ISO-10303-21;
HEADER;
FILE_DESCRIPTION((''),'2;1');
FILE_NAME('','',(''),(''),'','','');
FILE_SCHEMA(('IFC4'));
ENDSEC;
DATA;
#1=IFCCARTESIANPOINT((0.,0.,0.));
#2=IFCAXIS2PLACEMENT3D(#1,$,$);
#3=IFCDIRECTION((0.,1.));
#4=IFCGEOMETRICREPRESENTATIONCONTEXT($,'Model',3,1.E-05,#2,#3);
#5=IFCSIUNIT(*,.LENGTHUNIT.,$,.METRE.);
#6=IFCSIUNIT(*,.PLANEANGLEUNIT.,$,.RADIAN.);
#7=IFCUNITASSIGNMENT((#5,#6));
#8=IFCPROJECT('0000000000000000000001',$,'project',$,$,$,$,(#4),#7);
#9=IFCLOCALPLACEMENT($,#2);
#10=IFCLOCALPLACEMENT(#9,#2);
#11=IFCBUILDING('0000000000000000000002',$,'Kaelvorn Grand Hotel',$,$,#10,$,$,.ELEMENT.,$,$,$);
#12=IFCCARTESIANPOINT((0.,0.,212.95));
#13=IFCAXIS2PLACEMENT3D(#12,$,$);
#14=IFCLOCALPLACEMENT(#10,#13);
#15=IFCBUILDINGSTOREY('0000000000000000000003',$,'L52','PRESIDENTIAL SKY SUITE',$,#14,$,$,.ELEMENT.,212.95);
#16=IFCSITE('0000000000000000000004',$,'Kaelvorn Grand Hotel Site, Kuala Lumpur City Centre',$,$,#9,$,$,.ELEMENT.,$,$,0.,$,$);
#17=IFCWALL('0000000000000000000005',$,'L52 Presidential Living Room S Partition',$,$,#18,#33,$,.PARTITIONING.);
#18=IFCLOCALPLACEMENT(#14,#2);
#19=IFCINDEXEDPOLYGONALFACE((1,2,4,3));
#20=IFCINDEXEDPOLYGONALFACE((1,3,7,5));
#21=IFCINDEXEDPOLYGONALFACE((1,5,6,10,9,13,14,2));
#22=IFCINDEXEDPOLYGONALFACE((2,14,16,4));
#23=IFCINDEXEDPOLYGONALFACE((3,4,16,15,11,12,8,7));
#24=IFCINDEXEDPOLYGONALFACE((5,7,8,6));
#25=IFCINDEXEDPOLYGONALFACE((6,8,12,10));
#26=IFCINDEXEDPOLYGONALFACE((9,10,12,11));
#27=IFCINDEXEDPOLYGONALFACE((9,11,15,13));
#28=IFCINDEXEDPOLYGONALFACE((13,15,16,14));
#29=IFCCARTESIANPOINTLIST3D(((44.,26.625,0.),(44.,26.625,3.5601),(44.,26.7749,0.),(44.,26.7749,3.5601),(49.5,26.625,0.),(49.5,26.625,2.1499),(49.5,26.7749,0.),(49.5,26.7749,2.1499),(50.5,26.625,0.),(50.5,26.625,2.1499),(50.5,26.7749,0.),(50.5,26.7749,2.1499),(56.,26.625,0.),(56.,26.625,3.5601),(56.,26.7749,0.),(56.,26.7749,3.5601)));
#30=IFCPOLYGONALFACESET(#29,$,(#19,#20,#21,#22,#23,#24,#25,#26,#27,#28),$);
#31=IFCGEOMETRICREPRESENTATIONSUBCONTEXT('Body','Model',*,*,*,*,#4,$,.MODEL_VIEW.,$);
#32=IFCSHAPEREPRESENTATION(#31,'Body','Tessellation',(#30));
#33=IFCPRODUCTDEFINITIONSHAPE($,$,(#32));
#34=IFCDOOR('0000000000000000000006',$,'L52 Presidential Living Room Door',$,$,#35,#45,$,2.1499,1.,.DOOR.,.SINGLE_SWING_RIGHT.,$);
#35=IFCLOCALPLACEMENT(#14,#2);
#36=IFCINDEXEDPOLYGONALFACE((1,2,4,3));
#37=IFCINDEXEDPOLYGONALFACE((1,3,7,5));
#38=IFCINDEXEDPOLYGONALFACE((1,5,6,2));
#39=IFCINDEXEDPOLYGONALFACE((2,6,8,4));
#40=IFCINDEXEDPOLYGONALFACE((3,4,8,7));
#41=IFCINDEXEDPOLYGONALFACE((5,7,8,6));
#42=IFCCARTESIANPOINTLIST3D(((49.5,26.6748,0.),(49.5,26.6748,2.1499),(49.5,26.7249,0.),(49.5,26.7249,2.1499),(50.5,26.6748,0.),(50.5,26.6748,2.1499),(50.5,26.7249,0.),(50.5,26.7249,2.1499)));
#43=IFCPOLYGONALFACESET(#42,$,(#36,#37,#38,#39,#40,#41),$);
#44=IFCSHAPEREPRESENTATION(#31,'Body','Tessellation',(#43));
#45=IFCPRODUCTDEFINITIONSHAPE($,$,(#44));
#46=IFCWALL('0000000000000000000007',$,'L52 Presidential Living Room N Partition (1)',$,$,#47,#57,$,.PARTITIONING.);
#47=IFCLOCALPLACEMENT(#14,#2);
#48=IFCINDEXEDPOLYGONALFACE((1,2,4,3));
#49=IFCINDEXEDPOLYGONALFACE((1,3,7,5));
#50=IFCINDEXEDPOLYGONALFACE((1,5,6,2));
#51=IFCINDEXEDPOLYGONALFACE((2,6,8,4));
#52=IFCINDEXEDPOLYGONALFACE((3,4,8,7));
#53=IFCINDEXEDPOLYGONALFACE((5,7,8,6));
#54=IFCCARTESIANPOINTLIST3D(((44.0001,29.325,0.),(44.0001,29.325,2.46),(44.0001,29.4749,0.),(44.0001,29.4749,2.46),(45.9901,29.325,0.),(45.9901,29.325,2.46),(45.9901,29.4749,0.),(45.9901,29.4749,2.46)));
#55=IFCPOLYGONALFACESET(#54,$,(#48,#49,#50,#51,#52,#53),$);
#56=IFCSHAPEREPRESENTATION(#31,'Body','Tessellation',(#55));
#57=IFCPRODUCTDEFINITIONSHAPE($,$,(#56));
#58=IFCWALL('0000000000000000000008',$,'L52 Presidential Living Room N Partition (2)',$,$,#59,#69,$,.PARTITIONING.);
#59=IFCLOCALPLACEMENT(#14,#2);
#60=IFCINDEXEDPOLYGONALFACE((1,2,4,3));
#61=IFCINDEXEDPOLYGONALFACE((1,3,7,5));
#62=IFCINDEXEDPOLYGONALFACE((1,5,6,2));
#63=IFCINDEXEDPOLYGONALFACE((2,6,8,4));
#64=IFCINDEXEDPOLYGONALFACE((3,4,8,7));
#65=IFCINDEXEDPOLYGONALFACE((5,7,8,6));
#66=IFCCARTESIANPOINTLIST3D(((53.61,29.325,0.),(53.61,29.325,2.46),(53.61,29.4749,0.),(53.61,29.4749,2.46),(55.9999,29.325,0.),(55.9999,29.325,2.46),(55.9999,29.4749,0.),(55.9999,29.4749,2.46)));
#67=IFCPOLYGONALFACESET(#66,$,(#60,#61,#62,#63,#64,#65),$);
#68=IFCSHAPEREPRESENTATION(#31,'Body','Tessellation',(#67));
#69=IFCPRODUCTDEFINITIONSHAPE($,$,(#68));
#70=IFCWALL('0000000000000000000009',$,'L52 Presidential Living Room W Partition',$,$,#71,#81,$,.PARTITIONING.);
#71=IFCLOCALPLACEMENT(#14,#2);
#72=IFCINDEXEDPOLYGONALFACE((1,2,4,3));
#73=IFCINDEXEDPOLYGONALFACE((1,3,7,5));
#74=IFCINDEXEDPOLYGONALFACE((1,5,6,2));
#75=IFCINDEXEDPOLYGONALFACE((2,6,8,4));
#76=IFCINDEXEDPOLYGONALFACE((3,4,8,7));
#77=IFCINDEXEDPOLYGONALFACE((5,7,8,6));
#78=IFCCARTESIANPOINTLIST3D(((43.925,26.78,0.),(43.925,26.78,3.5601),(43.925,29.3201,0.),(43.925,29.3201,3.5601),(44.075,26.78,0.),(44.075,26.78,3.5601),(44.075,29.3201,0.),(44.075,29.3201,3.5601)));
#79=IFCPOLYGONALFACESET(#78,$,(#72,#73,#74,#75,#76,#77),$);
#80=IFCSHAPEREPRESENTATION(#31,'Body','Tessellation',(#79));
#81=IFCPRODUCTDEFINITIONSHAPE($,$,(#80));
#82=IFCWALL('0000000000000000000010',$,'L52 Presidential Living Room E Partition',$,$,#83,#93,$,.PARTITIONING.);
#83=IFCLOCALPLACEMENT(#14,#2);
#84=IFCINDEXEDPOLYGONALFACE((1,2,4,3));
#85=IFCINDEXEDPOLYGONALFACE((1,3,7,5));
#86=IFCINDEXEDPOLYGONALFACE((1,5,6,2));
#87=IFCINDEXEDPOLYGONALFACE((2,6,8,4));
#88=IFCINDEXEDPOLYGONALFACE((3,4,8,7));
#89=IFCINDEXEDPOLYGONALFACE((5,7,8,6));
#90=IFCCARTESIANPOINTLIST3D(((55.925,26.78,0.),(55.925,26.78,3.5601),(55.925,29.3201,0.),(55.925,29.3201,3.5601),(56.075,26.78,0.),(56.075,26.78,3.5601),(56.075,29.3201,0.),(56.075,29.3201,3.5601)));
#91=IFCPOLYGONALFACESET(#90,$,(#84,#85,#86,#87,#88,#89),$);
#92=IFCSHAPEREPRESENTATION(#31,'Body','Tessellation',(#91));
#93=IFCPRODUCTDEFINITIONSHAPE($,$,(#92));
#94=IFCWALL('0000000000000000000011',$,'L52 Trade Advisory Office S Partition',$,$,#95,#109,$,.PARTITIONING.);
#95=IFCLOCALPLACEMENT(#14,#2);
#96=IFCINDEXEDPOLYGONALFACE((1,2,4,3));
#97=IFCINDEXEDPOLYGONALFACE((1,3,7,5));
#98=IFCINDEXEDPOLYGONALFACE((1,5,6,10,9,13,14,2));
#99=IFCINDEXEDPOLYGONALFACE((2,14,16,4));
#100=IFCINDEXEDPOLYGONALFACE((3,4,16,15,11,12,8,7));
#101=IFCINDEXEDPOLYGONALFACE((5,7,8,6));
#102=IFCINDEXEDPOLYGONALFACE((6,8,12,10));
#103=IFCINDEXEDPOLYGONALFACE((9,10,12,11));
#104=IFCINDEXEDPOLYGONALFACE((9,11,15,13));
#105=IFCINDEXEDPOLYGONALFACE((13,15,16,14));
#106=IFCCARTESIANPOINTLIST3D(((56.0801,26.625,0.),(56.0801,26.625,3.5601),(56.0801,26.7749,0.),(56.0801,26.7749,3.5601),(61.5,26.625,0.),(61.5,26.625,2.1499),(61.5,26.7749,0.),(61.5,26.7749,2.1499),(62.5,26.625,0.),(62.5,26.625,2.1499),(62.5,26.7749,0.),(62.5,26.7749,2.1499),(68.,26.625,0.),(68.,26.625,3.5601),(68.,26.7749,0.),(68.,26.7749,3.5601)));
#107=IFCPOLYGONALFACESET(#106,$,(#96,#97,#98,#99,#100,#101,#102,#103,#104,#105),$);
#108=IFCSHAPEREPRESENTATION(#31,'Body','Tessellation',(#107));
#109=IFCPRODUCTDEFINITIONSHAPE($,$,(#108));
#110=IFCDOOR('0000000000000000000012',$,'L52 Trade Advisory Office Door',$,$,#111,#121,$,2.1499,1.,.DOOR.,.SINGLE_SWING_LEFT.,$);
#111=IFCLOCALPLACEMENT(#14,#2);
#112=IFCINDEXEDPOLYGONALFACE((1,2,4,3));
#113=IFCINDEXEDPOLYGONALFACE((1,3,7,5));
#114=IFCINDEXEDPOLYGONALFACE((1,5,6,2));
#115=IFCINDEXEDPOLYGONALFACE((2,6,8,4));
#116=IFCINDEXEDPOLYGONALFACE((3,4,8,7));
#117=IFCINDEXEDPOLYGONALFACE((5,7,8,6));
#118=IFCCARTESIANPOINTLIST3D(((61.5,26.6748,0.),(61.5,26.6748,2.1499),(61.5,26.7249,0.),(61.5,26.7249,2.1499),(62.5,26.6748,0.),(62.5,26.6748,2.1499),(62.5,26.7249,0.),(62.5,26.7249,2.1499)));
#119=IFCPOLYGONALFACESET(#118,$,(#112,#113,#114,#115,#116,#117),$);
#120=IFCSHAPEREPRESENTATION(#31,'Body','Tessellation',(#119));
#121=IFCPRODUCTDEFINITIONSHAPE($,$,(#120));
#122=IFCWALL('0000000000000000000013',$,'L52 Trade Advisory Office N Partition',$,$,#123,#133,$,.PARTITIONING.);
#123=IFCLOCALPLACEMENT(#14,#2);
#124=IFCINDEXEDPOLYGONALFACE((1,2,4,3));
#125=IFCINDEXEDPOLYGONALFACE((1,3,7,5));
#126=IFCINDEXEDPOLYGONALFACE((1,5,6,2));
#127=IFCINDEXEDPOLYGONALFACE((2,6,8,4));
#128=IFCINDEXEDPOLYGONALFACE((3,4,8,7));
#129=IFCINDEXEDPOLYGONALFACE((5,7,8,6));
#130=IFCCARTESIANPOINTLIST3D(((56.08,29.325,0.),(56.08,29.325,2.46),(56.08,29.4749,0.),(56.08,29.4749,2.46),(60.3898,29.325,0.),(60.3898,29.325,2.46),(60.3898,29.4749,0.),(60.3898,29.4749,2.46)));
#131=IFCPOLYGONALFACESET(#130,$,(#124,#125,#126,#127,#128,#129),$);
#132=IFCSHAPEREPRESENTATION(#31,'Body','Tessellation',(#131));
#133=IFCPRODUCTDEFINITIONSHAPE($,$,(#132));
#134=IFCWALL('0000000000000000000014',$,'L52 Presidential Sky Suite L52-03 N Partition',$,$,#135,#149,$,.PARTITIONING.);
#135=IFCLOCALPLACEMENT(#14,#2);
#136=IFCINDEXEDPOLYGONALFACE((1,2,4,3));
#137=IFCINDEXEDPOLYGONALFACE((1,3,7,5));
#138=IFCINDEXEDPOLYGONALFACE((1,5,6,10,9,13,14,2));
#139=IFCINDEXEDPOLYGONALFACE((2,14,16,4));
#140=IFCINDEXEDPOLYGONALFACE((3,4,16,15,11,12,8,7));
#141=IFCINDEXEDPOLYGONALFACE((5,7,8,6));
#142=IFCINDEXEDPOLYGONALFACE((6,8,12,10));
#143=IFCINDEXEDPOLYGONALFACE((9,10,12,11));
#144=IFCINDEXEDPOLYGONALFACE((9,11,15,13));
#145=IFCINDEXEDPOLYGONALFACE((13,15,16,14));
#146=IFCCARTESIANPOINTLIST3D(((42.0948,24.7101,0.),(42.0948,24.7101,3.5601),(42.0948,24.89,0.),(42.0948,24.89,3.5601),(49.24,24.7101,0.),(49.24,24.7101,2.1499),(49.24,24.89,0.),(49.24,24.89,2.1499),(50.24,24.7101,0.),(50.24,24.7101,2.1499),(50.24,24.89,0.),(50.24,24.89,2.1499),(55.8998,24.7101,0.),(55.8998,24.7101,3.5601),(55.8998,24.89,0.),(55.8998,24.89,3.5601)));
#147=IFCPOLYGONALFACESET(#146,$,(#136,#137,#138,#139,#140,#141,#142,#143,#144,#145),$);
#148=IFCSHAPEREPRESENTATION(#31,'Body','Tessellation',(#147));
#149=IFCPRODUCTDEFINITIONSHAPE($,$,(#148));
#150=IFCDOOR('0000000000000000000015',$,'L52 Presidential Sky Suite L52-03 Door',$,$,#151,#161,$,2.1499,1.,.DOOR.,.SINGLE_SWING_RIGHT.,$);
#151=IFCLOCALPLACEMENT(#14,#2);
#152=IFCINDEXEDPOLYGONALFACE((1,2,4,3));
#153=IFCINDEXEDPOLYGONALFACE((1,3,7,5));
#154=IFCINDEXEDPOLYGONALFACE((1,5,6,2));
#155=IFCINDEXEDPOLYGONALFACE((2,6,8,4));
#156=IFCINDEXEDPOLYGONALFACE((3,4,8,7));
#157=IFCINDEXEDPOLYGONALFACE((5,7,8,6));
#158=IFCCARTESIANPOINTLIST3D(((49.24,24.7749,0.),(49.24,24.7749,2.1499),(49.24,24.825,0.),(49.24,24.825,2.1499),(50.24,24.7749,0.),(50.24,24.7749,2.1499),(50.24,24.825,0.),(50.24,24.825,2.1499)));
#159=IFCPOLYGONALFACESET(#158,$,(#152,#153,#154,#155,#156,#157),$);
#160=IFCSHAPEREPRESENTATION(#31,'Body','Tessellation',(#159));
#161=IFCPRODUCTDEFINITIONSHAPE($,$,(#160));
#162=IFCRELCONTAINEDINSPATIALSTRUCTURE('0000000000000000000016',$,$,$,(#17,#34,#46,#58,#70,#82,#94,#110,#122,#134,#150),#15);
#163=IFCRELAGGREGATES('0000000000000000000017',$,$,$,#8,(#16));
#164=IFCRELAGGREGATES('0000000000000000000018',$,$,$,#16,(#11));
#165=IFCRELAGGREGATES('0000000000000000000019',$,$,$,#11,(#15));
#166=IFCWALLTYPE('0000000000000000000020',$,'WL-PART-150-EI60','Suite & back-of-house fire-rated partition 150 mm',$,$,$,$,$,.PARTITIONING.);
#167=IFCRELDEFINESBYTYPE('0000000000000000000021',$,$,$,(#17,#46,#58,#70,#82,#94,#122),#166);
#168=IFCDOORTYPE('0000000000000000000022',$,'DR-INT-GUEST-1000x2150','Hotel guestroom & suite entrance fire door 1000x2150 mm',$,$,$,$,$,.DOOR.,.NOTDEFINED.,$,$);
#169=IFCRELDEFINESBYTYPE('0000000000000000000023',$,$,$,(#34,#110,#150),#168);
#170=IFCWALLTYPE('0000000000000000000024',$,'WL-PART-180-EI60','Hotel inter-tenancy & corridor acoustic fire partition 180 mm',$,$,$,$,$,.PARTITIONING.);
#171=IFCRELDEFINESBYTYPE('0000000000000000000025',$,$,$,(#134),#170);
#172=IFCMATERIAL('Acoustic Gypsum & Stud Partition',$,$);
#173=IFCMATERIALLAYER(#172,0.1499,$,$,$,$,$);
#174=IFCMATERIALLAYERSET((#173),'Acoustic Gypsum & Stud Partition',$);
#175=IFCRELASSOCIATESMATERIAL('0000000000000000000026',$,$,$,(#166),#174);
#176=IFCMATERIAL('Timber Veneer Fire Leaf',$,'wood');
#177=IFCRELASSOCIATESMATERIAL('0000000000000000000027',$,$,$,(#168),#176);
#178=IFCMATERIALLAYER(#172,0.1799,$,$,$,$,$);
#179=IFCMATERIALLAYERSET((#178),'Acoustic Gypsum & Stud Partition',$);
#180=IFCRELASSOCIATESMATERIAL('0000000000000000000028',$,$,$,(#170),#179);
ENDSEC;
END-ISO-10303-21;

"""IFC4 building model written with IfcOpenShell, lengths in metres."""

from ifc_helpers import new_model, si_unit, direction, frame, frame_2d, origin, place, context, subcontext, project, spatial, rectangle, extrude, material, layer, layer_set, type_object, element, fill, save


model = new_model("IFC4")

# Units and contexts
model_context = context("Model", 3, precision=1e-05, world=origin(), true_north=direction((0.0, 1.0)))
body_context = subcontext(model_context, "Body", "Model", "MODEL_VIEW")
ifc_project = project(units=[si_unit("LENGTHUNIT", "METRE"), si_unit("PLANEANGLEUNIT", "RADIAN")], contexts=[model_context])

# Site, building, storey
site_placement = place(None, origin())
site = spatial("IfcSite", under=ifc_project, at=site_placement, Name="Kaelvorn Grand Hotel Site, Kuala Lumpur City Centre", CompositionType="ELEMENT", RefElevation=0.0)
building_placement = place(site_placement, origin())
building = spatial("IfcBuilding", under=site, at=building_placement, Name="Kaelvorn Grand Hotel", CompositionType="ELEMENT")
storey_placement = place(building_placement, frame((0.0, 0.0, 212.95)))
storey = spatial("IfcBuildingStorey", under=building, at=storey_placement, Name="L52", Description="PRESIDENTIAL SKY SUITE", CompositionType="ELEMENT", Elevation=212.95)

# Wall, opening, door
ifc_material_1 = material(Name="Acoustic Gypsum & Stud Partition")
ifc_layer_1 = layer(ifc_material_1, 0.1499)
ifc_layer_set_1 = layer_set([ifc_layer_1], Name="Acoustic Gypsum & Stud Partition")
wall_type_1 = type_object("IfcWallType", Name="WL-PART-150-EI60", Description="Suite & back-of-house fire-rated partition 150 mm", PredefinedType="PARTITIONING", material=ifc_layer_set_1)
wall_1_placement = place(storey_placement, frame((44.0, 26.7, 0.0), z_axis=(0.0, 0.0, 1.0), x_axis=(1.0, 0.0, 0.0)))
wall_1 = element("IfcWall", 1, at=wall_1_placement, inside=storey, type_object=wall_type_1, Name="L52 Presidential Living Room S Partition", PredefinedType="PARTITIONING", context=body_context, shape_type="SweptSolid", body=[
    extrude(rectangle(XDim=12.0, YDim=0.1499, at=frame_2d((6.0, 0.0))), origin(), (0.0, 0.0, 1.0), 3.5601),
])
opening_1_placement = place(wall_1_placement, frame((5.5, 0.0, 0.0)))
opening_1 = element("IfcOpeningElement", 2, at=opening_1_placement, cuts=wall_1, PredefinedType="OPENING", context=body_context, shape_type="SweptSolid", body=[
    extrude(rectangle(XDim=1.0, YDim=2.1499, at=frame_2d((0.5, 1.075))), frame((0.0, 0.085, 0.0), z_axis=(0.0, -1.0, 0.0), x_axis=(1.0, 0.0, 0.0)), (0.0, 0.0, 1.0), 0.1699),
])
ifc_material_2 = material(Name="Timber Veneer Fire Leaf", Category="wood")
door_type_1 = type_object("IfcDoorType", Name="DR-INT-GUEST-1000x2150", Description="Hotel guestroom & suite entrance fire door 1000x2150 mm", OperationType="NOTDEFINED", PredefinedType="DOOR", material=ifc_material_2)
door_1_placement = place(opening_1_placement, origin())
door_1 = element("IfcDoor", 3, at=door_1_placement, inside=storey, type_object=door_type_1, Name="L52 Presidential Living Room Door", OperationType="SINGLE_SWING_RIGHT", OverallHeight=2.1499, OverallWidth=1.0, PredefinedType="DOOR", context=body_context, shape_type="SweptSolid", body=[
    extrude(rectangle(XDim=1.0, YDim=2.1499, at=frame_2d((0.5, 1.075))), frame((0.0, 0.0249, 0.0), z_axis=(0.0, -1.0, 0.0), x_axis=(1.0, 0.0, 0.0)), (0.0, 0.0, 1.0), 0.05),
])
fill(opening_1, door_1)

# Walls
wall_2_placement = place(storey_placement, frame((44.0, 29.3999, 0.0), z_axis=(0.0, 0.0, 1.0), x_axis=(1.0, 0.0, 0.0)))
element("IfcWall", 4, at=wall_2_placement, inside=storey, type_object=wall_type_1, Name="L52 Presidential Living Room N Partition (1)", PredefinedType="PARTITIONING", context=body_context, shape_type="SweptSolid", body=[
    extrude(rectangle(XDim=1.99, YDim=0.1499, at=frame_2d((0.9951, 0.0))), origin(), (0.0, 0.0, 1.0), 2.46),
])
wall_3_placement = place(storey_placement, frame((53.6101, 29.3999, 0.0), z_axis=(0.0, 0.0, 1.0), x_axis=(1.0, 0.0, 0.0)))
element("IfcWall", 5, at=wall_3_placement, inside=storey, type_object=wall_type_1, Name="L52 Presidential Living Room N Partition (2)", PredefinedType="PARTITIONING", context=body_context, shape_type="SweptSolid", body=[
    extrude(rectangle(XDim=2.3899, YDim=0.1499, at=frame_2d((1.1948, 0.0))), origin(), (0.0, 0.0, 1.0), 2.46),
])
for number, where, z_axis, x_axis, name in (
    (6, (44.0, 26.78, 0.0), (0.0, 0.0, 1.0), (0.0, 1.0, 0.0), "L52 Presidential Living Room W Partition"),
    (7, (56.0, 26.78, 0.0), (0.0, 0.0, 1.0), (0.0, 1.0, 0.0), "L52 Presidential Living Room E Partition"),
):
    element("IfcWall", number, at=place(storey_placement, frame(where, z_axis=z_axis, x_axis=x_axis)), inside=storey, type_object=wall_type_1, Name=name, PredefinedType="PARTITIONING", context=body_context, shape_type="SweptSolid", body=[
        extrude(rectangle(XDim=2.54, YDim=0.1499, at=frame_2d((1.27, 0.0))), origin(), (0.0, 0.0, 1.0), 3.5601),
    ])

# Wall, opening, door
wall_4_placement = place(storey_placement, frame((56.0801, 26.7, 0.0), z_axis=(0.0, 0.0, 1.0), x_axis=(1.0, 0.0, 0.0)))
wall_4 = element("IfcWall", 8, at=wall_4_placement, inside=storey, type_object=wall_type_1, Name="L52 Trade Advisory Office S Partition", PredefinedType="PARTITIONING", context=body_context, shape_type="SweptSolid", body=[
    extrude(rectangle(XDim=11.9199, YDim=0.1499, at=frame_2d((5.96, 0.0))), origin(), (0.0, 0.0, 1.0), 3.5601),
])
opening_2_placement = place(wall_4_placement, frame((5.4199, 0.0, 0.0)))
opening_2 = element("IfcOpeningElement", 9, at=opening_2_placement, cuts=wall_4, PredefinedType="OPENING", context=body_context, shape_type="SweptSolid", body=[
    extrude(rectangle(XDim=1.0, YDim=2.1499, at=frame_2d((0.5, 1.075))), frame((0.0, 0.085, 0.0), z_axis=(0.0, -1.0, 0.0), x_axis=(1.0, 0.0, 0.0)), (0.0, 0.0, 1.0), 0.1699),
])
door_2_placement = place(opening_2_placement, origin())
door_2 = element("IfcDoor", 10, at=door_2_placement, inside=storey, type_object=door_type_1, Name="L52 Trade Advisory Office Door", OperationType="SINGLE_SWING_LEFT", OverallHeight=2.1499, OverallWidth=1.0, PredefinedType="DOOR", context=body_context, shape_type="SweptSolid", body=[
    extrude(rectangle(XDim=1.0, YDim=2.1499, at=frame_2d((0.5, 1.075))), frame((0.0, 0.0249, 0.0), z_axis=(0.0, -1.0, 0.0), x_axis=(1.0, 0.0, 0.0)), (0.0, 0.0, 1.0), 0.05),
])
fill(opening_2, door_2)

# Wall
wall_5_placement = place(storey_placement, frame((56.0801, 29.3999, 0.0), z_axis=(0.0, 0.0, 1.0), x_axis=(1.0, 0.0, 0.0)))
element("IfcWall", 11, at=wall_5_placement, inside=storey, type_object=wall_type_1, Name="L52 Trade Advisory Office N Partition", PredefinedType="PARTITIONING", context=body_context, shape_type="SweptSolid", body=[
    extrude(rectangle(XDim=4.3098, YDim=0.1499, at=frame_2d((2.1548, 0.0))), origin(), (0.0, 0.0, 1.0), 2.46),
])

# Wall, opening, door
ifc_layer_2 = layer(ifc_material_1, 0.1799)
ifc_layer_set_2 = layer_set([ifc_layer_2], Name="Acoustic Gypsum & Stud Partition")
wall_type_2 = type_object("IfcWallType", Name="WL-PART-180-EI60", Description="Hotel inter-tenancy & corridor acoustic fire partition 180 mm", PredefinedType="PARTITIONING", material=ifc_layer_set_2)
wall_6_placement = place(storey_placement, frame((42.095, 24.8, 0.0), z_axis=(0.0, 0.0, 1.0), x_axis=(1.0, 0.0, 0.0)))
wall_6 = element("IfcWall", 12, at=wall_6_placement, inside=storey, type_object=wall_type_2, Name="L52 Presidential Sky Suite L52-03 N Partition", PredefinedType="PARTITIONING", context=body_context, shape_type="SweptSolid", body=[
    extrude(rectangle(XDim=13.8049, YDim=0.1799, at=frame_2d((6.9023, 0.0))), origin(), (0.0, 0.0, 1.0), 3.5601),
])
opening_3_placement = place(wall_6_placement, frame((7.145, 0.0, 0.0)))
opening_3 = element("IfcOpeningElement", 13, at=opening_3_placement, cuts=wall_6, PredefinedType="OPENING", context=body_context, shape_type="SweptSolid", body=[
    extrude(rectangle(XDim=1.0, YDim=2.1499, at=frame_2d((0.5, 1.075))), frame((0.0, 0.1001, 0.0), z_axis=(0.0, -1.0, 0.0), x_axis=(1.0, 0.0, 0.0)), (0.0, 0.0, 1.0), 0.2),
])
door_3_placement = place(opening_3_placement, origin())
door_3 = element("IfcDoor", 14, at=door_3_placement, inside=storey, type_object=door_type_1, Name="L52 Presidential Sky Suite L52-03 Door", OperationType="SINGLE_SWING_RIGHT", OverallHeight=2.1499, OverallWidth=1.0, PredefinedType="DOOR", context=body_context, shape_type="SweptSolid", body=[
    extrude(rectangle(XDim=1.0, YDim=2.1499, at=frame_2d((0.5, 1.075))), frame((0.0, 0.0249, 0.0), z_axis=(0.0, -1.0, 0.0), x_axis=(1.0, 0.0, 0.0)), (0.0, 0.0, 1.0), 0.05),
])
fill(opening_3, door_3)

save(model, "model.ifc")
